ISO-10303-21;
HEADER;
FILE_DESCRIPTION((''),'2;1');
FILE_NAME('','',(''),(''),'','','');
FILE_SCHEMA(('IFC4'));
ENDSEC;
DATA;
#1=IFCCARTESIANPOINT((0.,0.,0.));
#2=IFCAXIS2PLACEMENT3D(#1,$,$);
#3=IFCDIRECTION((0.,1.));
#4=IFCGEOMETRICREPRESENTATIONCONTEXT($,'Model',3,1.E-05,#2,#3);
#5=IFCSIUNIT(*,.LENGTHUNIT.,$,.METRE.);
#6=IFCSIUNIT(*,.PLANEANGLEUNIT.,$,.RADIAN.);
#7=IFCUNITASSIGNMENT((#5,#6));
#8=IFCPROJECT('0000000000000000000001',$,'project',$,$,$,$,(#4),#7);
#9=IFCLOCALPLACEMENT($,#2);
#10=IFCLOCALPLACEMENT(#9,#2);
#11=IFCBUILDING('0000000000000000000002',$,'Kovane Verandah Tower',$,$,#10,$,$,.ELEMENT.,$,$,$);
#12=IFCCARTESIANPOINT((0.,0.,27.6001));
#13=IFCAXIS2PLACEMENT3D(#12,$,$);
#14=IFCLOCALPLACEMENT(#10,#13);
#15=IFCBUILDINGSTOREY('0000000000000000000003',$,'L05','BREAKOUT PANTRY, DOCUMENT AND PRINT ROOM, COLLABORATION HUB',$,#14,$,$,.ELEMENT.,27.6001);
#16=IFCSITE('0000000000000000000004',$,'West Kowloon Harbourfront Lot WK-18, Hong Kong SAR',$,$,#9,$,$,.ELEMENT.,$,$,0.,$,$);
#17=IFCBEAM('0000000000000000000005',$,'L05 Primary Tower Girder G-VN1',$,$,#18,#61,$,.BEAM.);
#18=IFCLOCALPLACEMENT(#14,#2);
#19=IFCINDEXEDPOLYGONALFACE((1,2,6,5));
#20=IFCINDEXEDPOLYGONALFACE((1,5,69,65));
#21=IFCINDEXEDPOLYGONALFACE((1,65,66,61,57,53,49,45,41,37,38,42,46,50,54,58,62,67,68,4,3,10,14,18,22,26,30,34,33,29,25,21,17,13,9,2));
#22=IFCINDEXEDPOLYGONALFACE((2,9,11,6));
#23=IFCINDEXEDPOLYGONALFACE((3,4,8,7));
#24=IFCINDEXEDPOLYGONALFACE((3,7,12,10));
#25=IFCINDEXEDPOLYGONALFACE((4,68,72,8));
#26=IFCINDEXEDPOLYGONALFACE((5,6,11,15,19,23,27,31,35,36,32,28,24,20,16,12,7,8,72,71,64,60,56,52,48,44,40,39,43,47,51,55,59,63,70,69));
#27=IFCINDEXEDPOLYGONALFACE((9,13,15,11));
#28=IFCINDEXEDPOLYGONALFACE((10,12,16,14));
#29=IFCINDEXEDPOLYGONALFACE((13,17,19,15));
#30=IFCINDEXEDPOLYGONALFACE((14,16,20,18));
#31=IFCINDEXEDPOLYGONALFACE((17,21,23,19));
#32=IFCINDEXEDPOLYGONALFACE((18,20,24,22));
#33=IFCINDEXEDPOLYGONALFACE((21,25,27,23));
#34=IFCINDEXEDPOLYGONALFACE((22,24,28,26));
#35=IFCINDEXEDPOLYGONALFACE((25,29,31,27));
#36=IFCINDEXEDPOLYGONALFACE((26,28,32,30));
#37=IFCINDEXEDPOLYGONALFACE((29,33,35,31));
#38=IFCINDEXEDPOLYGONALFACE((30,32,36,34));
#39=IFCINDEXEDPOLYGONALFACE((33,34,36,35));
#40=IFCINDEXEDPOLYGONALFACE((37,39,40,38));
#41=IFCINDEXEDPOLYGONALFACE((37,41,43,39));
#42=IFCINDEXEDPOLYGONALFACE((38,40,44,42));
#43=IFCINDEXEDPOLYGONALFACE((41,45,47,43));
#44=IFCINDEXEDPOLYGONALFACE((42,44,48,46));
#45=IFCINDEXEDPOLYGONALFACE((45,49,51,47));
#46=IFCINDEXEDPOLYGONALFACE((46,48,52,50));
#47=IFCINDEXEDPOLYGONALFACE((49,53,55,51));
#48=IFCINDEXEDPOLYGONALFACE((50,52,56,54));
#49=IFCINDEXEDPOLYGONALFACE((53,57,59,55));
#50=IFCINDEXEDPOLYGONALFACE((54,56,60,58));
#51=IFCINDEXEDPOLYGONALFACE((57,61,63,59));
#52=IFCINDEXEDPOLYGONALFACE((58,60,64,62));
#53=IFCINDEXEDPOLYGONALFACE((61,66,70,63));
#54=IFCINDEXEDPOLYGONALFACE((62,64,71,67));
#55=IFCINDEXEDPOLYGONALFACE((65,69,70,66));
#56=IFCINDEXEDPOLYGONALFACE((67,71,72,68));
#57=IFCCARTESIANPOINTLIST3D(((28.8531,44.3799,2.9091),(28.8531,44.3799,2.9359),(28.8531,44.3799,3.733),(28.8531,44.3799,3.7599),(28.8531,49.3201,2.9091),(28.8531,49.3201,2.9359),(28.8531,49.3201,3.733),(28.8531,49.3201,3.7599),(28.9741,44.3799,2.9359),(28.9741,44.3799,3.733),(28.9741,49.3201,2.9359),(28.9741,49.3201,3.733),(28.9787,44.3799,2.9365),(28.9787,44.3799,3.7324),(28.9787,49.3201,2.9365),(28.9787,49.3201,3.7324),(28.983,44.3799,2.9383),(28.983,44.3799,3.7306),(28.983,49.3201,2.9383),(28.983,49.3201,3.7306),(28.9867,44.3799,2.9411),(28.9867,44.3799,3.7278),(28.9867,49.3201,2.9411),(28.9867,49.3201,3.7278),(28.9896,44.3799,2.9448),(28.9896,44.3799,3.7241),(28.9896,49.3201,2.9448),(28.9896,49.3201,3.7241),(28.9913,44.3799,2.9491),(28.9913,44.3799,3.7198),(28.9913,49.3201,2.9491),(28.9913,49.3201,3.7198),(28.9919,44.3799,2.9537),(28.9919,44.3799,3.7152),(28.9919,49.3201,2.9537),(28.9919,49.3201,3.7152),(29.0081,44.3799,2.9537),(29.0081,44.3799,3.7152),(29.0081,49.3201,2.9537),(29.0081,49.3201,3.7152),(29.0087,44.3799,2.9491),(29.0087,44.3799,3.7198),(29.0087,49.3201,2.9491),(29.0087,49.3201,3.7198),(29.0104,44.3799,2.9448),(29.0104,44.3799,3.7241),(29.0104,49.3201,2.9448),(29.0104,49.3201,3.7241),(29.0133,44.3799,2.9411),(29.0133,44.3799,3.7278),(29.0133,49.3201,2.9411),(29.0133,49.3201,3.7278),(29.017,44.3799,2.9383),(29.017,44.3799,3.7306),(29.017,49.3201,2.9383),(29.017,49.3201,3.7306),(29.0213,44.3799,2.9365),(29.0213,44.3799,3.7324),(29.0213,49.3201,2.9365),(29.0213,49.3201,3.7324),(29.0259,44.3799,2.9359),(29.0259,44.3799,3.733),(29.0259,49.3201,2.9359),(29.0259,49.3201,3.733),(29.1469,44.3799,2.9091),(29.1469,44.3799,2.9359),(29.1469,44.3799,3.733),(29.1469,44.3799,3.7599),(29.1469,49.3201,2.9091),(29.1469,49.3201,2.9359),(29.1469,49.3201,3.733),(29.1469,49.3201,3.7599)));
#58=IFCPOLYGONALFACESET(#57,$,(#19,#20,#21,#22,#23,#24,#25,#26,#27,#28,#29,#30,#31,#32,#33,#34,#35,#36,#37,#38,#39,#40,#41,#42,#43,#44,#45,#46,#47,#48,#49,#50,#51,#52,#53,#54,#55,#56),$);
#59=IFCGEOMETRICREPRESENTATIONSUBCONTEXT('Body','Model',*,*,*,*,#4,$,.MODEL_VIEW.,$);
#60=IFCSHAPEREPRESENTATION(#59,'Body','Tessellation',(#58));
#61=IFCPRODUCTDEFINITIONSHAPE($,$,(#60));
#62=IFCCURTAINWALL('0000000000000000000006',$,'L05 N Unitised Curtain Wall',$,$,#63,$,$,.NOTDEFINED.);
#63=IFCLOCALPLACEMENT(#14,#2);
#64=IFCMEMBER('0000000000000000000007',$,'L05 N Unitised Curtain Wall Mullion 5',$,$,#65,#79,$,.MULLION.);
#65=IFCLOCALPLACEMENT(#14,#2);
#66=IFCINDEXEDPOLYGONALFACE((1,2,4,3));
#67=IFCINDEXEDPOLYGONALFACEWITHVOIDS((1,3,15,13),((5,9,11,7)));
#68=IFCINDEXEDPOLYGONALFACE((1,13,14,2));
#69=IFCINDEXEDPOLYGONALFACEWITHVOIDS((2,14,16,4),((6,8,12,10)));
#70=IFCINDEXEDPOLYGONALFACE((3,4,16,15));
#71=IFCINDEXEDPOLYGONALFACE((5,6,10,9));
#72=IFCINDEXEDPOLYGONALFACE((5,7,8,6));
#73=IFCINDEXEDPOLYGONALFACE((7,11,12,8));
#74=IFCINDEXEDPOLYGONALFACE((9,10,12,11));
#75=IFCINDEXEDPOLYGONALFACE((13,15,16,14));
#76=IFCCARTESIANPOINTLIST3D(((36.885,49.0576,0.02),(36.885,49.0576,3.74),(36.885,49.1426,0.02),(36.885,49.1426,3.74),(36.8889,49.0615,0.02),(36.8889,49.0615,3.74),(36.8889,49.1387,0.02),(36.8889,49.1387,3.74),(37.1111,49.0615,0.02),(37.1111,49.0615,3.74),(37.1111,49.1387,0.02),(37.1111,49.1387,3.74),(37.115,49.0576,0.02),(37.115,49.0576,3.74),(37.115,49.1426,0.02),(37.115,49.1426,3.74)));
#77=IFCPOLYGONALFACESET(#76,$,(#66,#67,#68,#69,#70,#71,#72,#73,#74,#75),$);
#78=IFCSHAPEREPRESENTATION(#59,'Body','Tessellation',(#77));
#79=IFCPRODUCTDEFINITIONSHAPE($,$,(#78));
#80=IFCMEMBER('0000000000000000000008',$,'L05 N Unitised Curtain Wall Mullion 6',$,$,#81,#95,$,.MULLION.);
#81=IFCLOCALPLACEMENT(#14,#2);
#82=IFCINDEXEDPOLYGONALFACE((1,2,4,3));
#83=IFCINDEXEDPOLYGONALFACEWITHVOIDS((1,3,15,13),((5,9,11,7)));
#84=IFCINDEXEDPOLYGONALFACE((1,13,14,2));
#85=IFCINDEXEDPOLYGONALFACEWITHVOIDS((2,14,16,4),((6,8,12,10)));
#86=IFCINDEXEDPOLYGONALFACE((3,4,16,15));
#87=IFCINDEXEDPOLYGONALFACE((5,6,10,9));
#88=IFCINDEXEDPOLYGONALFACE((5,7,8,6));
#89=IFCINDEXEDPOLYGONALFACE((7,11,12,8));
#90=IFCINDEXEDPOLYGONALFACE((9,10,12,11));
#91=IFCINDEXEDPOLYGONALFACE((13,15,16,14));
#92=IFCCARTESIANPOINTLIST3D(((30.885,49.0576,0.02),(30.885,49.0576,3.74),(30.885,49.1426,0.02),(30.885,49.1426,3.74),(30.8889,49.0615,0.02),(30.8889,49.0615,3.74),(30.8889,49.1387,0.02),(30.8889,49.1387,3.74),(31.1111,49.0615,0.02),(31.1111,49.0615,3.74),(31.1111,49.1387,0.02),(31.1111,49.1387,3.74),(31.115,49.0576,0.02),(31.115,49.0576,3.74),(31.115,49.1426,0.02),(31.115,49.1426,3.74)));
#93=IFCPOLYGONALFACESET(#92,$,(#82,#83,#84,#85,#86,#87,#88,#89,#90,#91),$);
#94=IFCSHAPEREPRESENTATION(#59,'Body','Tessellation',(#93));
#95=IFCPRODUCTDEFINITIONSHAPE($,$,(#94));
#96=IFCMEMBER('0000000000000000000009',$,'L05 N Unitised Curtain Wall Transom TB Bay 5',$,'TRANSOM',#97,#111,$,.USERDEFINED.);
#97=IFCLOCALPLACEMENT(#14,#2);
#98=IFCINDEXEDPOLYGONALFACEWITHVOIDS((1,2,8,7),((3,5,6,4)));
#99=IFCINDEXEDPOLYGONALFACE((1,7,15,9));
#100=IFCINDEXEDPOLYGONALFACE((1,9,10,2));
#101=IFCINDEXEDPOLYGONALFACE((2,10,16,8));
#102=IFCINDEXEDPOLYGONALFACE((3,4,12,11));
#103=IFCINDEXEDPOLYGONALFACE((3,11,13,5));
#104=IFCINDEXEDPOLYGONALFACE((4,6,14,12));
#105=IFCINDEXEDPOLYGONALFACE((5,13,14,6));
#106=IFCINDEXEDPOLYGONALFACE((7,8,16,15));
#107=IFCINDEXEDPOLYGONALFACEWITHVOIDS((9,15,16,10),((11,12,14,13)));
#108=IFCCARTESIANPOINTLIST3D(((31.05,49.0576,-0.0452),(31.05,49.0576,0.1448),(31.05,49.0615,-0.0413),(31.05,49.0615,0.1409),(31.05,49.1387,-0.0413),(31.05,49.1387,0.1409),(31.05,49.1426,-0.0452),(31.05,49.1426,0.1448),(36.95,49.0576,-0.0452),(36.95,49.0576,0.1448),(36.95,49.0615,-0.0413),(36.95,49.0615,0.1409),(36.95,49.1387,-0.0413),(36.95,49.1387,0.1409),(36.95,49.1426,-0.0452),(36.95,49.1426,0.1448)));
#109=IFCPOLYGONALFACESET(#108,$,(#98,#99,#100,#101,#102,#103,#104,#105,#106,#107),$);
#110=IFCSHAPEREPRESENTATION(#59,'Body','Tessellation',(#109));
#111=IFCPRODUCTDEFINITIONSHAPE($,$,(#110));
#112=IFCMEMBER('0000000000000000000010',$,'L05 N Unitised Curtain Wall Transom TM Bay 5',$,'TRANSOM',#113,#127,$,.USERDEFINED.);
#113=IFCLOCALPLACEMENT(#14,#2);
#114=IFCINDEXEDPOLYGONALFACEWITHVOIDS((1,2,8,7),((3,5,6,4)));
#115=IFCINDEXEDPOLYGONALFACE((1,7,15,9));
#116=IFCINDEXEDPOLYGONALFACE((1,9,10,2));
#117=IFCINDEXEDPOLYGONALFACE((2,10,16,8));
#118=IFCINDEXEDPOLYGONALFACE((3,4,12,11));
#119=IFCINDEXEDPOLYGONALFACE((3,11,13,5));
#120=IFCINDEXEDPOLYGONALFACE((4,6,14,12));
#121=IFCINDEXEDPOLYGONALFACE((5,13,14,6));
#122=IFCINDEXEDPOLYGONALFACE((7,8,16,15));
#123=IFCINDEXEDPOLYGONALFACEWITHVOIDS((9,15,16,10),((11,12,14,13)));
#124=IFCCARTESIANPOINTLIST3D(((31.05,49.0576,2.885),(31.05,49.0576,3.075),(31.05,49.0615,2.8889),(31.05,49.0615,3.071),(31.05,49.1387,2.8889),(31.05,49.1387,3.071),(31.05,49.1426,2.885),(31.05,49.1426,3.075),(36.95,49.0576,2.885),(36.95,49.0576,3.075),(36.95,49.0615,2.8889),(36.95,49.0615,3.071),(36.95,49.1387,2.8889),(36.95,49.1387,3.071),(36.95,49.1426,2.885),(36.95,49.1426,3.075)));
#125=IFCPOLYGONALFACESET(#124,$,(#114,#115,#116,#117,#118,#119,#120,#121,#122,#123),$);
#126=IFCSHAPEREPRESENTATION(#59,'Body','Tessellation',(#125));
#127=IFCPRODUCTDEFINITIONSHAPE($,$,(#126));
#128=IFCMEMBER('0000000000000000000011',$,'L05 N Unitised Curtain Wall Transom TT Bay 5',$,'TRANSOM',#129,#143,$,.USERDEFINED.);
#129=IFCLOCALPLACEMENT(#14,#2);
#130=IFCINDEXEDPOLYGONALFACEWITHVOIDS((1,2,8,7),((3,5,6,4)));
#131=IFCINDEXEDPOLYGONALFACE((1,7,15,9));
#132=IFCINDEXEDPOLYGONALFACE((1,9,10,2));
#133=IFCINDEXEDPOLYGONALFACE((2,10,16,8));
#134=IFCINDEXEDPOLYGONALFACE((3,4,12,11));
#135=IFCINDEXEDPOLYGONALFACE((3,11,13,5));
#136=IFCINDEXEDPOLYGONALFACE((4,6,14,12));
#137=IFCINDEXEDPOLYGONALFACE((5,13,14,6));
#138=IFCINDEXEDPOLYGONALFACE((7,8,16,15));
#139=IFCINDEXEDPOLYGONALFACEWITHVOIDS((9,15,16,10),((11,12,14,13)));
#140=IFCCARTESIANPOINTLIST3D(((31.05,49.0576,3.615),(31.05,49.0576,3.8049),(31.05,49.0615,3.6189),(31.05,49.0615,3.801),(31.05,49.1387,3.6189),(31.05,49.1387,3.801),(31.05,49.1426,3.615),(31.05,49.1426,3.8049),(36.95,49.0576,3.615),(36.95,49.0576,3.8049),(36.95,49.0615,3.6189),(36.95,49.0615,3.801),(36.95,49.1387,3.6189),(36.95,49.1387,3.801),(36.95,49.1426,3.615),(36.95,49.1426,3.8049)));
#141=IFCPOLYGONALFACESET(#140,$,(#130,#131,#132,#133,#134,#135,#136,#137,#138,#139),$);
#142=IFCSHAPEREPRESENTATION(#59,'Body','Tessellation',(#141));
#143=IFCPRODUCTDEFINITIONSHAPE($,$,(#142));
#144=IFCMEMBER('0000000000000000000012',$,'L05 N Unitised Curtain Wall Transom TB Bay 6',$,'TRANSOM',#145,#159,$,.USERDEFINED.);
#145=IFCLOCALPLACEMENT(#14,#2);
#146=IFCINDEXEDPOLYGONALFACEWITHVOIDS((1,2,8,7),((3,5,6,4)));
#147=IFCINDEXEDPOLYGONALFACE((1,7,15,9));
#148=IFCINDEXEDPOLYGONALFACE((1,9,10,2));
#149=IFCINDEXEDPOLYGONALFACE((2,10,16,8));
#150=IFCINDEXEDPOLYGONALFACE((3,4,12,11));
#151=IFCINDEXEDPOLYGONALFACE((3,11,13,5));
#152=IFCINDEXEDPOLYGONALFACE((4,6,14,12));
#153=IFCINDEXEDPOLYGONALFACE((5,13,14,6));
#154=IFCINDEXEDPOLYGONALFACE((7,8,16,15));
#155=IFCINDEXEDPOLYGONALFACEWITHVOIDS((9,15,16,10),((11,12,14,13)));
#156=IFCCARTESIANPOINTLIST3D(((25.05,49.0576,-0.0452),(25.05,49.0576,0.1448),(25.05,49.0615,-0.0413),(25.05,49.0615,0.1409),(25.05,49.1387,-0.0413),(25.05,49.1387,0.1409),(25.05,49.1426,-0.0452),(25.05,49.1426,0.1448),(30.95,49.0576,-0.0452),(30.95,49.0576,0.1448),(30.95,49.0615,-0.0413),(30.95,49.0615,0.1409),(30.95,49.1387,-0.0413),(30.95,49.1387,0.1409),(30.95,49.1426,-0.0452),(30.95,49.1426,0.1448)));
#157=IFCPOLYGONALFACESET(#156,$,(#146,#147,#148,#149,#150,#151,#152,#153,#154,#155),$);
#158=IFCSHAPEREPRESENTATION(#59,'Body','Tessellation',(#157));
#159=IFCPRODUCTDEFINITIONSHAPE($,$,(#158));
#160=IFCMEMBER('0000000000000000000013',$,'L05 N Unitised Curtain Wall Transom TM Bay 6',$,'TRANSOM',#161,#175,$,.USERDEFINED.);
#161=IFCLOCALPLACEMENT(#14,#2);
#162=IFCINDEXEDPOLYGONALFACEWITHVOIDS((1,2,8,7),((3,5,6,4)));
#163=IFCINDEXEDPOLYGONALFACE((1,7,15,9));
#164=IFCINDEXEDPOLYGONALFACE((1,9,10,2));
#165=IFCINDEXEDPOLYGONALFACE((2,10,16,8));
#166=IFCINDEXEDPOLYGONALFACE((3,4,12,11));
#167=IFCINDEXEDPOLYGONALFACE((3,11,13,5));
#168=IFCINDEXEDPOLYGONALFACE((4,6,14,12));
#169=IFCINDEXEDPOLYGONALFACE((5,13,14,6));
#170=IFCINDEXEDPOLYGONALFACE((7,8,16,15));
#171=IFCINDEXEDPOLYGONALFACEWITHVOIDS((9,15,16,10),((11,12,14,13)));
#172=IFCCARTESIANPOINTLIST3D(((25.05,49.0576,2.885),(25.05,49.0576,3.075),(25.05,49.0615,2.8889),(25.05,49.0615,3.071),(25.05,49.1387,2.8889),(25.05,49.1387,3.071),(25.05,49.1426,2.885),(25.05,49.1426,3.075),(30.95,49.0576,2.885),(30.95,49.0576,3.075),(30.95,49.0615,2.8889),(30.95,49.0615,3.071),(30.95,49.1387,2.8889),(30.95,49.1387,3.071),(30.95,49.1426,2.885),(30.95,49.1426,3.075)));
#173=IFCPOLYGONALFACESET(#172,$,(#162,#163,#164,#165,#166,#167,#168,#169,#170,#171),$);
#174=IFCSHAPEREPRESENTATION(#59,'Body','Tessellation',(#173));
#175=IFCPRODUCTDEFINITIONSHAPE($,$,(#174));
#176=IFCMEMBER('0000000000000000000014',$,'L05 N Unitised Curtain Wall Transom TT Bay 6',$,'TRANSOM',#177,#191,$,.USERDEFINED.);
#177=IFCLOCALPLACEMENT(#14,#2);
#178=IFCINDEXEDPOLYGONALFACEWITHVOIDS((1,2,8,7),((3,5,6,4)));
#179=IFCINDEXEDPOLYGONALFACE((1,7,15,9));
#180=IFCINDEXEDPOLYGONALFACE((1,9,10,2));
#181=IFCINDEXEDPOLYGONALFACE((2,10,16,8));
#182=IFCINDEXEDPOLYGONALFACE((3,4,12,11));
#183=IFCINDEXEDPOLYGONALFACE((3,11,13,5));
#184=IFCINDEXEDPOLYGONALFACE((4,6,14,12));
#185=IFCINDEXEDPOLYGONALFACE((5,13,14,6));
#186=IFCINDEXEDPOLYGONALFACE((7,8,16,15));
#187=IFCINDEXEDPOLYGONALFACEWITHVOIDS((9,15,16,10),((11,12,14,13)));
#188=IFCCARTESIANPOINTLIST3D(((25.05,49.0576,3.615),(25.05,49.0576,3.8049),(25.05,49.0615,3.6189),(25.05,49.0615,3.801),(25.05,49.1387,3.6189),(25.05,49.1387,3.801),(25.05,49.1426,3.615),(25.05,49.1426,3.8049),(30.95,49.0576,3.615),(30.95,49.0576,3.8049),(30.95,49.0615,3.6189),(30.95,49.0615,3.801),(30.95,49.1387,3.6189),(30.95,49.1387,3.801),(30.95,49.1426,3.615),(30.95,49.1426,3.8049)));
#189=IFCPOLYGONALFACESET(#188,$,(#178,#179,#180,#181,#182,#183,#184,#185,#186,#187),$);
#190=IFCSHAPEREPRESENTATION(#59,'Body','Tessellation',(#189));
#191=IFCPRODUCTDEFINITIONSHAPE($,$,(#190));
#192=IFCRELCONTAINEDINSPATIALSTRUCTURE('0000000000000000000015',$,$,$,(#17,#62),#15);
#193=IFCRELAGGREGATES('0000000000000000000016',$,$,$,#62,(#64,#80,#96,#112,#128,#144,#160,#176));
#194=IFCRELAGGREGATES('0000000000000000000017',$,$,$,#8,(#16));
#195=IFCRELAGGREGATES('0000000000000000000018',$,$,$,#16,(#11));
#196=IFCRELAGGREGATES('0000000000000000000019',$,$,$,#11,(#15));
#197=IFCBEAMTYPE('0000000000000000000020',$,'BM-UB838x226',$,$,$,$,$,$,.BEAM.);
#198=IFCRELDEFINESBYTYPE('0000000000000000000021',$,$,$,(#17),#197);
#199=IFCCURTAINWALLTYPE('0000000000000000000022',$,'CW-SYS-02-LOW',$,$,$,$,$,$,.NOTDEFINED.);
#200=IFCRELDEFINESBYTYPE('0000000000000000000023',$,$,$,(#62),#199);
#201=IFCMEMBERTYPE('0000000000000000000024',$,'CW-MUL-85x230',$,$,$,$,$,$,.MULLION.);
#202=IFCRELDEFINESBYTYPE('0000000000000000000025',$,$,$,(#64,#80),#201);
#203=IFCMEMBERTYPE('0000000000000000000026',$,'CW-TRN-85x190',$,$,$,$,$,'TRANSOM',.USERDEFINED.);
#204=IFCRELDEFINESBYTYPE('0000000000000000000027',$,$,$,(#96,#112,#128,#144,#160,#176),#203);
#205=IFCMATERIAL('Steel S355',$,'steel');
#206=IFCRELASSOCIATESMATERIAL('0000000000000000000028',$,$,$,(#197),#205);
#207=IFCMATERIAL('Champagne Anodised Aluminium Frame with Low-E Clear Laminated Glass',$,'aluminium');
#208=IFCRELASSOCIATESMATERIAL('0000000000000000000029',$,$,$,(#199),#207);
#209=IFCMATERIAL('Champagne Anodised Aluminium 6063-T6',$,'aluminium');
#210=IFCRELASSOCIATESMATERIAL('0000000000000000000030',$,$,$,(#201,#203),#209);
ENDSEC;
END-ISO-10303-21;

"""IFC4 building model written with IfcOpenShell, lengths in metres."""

from ifc_helpers import new_model, si_unit, direction, frame, origin, origin_2d, place, context, subcontext, project, spatial, hollow_rectangle, i_section, extrude, material, material_profile, profile_set, type_object, element, aggregate, save


model = new_model("IFC4")

# Units and contexts
model_context = context("Model", 3, precision=1e-05, world=origin(), true_north=direction((0.0, 1.0)))
body_context = subcontext(model_context, "Body", "Model", "MODEL_VIEW")
ifc_project = project(units=[si_unit("LENGTHUNIT", "METRE"), si_unit("PLANEANGLEUNIT", "RADIAN")], contexts=[model_context])

# Site, building, storey
site_placement = place(None, origin())
site = spatial("IfcSite", under=ifc_project, at=site_placement, Name="West Kowloon Harbourfront Lot WK-18, Hong Kong SAR", CompositionType="ELEMENT", RefElevation=0.0)
building_placement = place(site_placement, origin())
building = spatial("IfcBuilding", under=site, at=building_placement, Name="Kovane Verandah Tower", CompositionType="ELEMENT")
storey_placement = place(building_placement, frame((0.0, 0.0, 27.6001)))
storey = spatial("IfcBuildingStorey", under=building, at=storey_placement, Name="L05", Description="BREAKOUT PANTRY, DOCUMENT AND PRINT ROOM, COLLABORATION HUB", CompositionType="ELEMENT", Elevation=27.6001)

# Beam
ifc_material_1 = material(Name="Steel S355", Category="steel")
ifc_material_profile_1 = material_profile(ifc_material_1, i_section(OverallWidth=0.2937, OverallDepth=0.8508, WebThickness=0.0161, FlangeThickness=0.0269, FilletRadius=0.0178, at=origin_2d()), Name="UB838x292x226")
ifc_profile_set_1 = profile_set([ifc_material_profile_1], Name="Steel S355")
beam_type_1 = type_object("IfcBeamType", Name="BM-UB838x226", PredefinedType="BEAM", material=ifc_profile_set_1)
beam_1_placement = place(storey_placement, frame((29.0, 44.3799, 3.3345), z_axis=(0.0, 1.0, 0.0), x_axis=(-1.0, 0.0, 0.0)))
element("IfcBeam", 1, at=beam_1_placement, inside=storey, type_object=beam_type_1, Name="L05 Primary Tower Girder G-VN1", PredefinedType="BEAM", context=body_context, shape_type="SweptSolid", body=[
    extrude(i_section(OverallWidth=0.2937, OverallDepth=0.8508, WebThickness=0.0161, FlangeThickness=0.0269, FilletRadius=0.0178, at=origin_2d()), origin(), (0.0, 0.0, 1.0), 4.9402),
])

# Curtain wall, members
ifc_material_2 = material(Name="Champagne Anodised Aluminium Frame with Low-E Clear Laminated Glass", Category="aluminium")
curtain_wall_type = type_object("IfcCurtainWallType", Name="CW-SYS-02-LOW", PredefinedType="NOTDEFINED", material=ifc_material_2)
curtain_wall_placement = place(storey_placement, origin())
curtain_wall = element("IfcCurtainWall", 2, at=curtain_wall_placement, inside=storey, type_object=curtain_wall_type, Name="L05 N Unitised Curtain Wall", PredefinedType="NOTDEFINED")
ifc_material_3 = material(Name="Champagne Anodised Aluminium 6063-T6", Category="aluminium")
ifc_material_profile_2 = material_profile(ifc_material_3, hollow_rectangle(XDim=0.085, YDim=0.23, WallThickness=0.0039, at=origin_2d()), Name="AL85x230x4")
ifc_profile_set_2 = profile_set([ifc_material_profile_2], Name="Champagne Anodised Aluminium 6063-T6")
member_type_1 = type_object("IfcMemberType", Name="CW-MUL-85x230", PredefinedType="MULLION", material=ifc_profile_set_2)
member_1_placement = place(storey_placement, frame((37.0, 49.1001, 0.02), z_axis=(0.0, 0.0, 1.0), x_axis=(0.0, 1.0, 0.0)))
member_1 = element("IfcMember", 3, at=member_1_placement, type_object=member_type_1, Name="L05 N Unitised Curtain Wall Mullion 5", PredefinedType="MULLION", context=body_context, shape_type="SweptSolid", body=[
    extrude(hollow_rectangle(XDim=0.085, YDim=0.23, WallThickness=0.0039, at=origin_2d()), origin(), (0.0, 0.0, 1.0), 3.72),
])
member_2_placement = place(storey_placement, frame((31.0, 49.1001, 0.02), z_axis=(0.0, 0.0, 1.0), x_axis=(0.0, 1.0, 0.0)))
member_2 = element("IfcMember", 4, at=member_2_placement, type_object=member_type_1, Name="L05 N Unitised Curtain Wall Mullion 6", PredefinedType="MULLION", context=body_context, shape_type="SweptSolid", body=[
    extrude(hollow_rectangle(XDim=0.085, YDim=0.23, WallThickness=0.0039, at=origin_2d()), origin(), (0.0, 0.0, 1.0), 3.72),
])
ifc_material_profile_3 = material_profile(ifc_material_3, hollow_rectangle(XDim=0.085, YDim=0.1899, WallThickness=0.0039, at=origin_2d()), Name="AL85x190x4")
ifc_profile_set_3 = profile_set([ifc_material_profile_3], Name="Champagne Anodised Aluminium 6063-T6")
member_type_2 = type_object("IfcMemberType", Name="CW-TRN-85x190", ElementType="TRANSOM", PredefinedType="USERDEFINED", material=ifc_profile_set_3)
member_3_placement = place(storey_placement, frame((36.95, 49.1001, 0.0498), z_axis=(-1.0, 0.0, 0.0), x_axis=(0.0, -1.0, 0.0)))
member_3 = element("IfcMember", 5, at=member_3_placement, type_object=member_type_2, Name="L05 N Unitised Curtain Wall Transom TB Bay 5", ObjectType="TRANSOM", PredefinedType="USERDEFINED", context=body_context, shape_type="SweptSolid", body=[
    extrude(hollow_rectangle(XDim=0.085, YDim=0.1899, WallThickness=0.0039, at=origin_2d()), origin(), (0.0, 0.0, 1.0), 5.8999),
])
member_4_placement = place(storey_placement, frame((36.95, 49.1001, 2.98), z_axis=(-1.0, 0.0, 0.0), x_axis=(0.0, -1.0, 0.0)))
member_4 = element("IfcMember", 6, at=member_4_placement, type_object=member_type_2, Name="L05 N Unitised Curtain Wall Transom TM Bay 5", ObjectType="TRANSOM", PredefinedType="USERDEFINED", context=body_context, shape_type="SweptSolid", body=[
    extrude(hollow_rectangle(XDim=0.085, YDim=0.1899, WallThickness=0.0039, at=origin_2d()), origin(), (0.0, 0.0, 1.0), 5.8999),
])
member_5_placement = place(storey_placement, frame((36.95, 49.1001, 3.71), z_axis=(-1.0, 0.0, 0.0), x_axis=(0.0, -1.0, 0.0)))
member_5 = element("IfcMember", 7, at=member_5_placement, type_object=member_type_2, Name="L05 N Unitised Curtain Wall Transom TT Bay 5", ObjectType="TRANSOM", PredefinedType="USERDEFINED", context=body_context, shape_type="SweptSolid", body=[
    extrude(hollow_rectangle(XDim=0.085, YDim=0.1899, WallThickness=0.0039, at=origin_2d()), origin(), (0.0, 0.0, 1.0), 5.8999),
])
member_6_placement = place(storey_placement, frame((30.95, 49.1001, 0.0498), z_axis=(-1.0, 0.0, 0.0), x_axis=(0.0, -1.0, 0.0)))
member_6 = element("IfcMember", 8, at=member_6_placement, type_object=member_type_2, Name="L05 N Unitised Curtain Wall Transom TB Bay 6", ObjectType="TRANSOM", PredefinedType="USERDEFINED", context=body_context, shape_type="SweptSolid", body=[
    extrude(hollow_rectangle(XDim=0.085, YDim=0.1899, WallThickness=0.0039, at=origin_2d()), origin(), (0.0, 0.0, 1.0), 5.8999),
])
member_7_placement = place(storey_placement, frame((30.95, 49.1001, 2.98), z_axis=(-1.0, 0.0, 0.0), x_axis=(0.0, -1.0, 0.0)))
member_7 = element("IfcMember", 9, at=member_7_placement, type_object=member_type_2, Name="L05 N Unitised Curtain Wall Transom TM Bay 6", ObjectType="TRANSOM", PredefinedType="USERDEFINED", context=body_context, shape_type="SweptSolid", body=[
    extrude(hollow_rectangle(XDim=0.085, YDim=0.1899, WallThickness=0.0039, at=origin_2d()), origin(), (0.0, 0.0, 1.0), 5.8999),
])
member_8_placement = place(storey_placement, frame((30.95, 49.1001, 3.71), z_axis=(-1.0, 0.0, 0.0), x_axis=(0.0, -1.0, 0.0)))
member_8 = element("IfcMember", 10, at=member_8_placement, type_object=member_type_2, Name="L05 N Unitised Curtain Wall Transom TT Bay 6", ObjectType="TRANSOM", PredefinedType="USERDEFINED", context=body_context, shape_type="SweptSolid", body=[
    extrude(hollow_rectangle(XDim=0.085, YDim=0.1899, WallThickness=0.0039, at=origin_2d()), origin(), (0.0, 0.0, 1.0), 5.8999),
])

aggregate(curtain_wall, [member_1, member_2, member_3, member_4, member_5, member_6, member_7, member_8])

save(model, "model.ifc")
